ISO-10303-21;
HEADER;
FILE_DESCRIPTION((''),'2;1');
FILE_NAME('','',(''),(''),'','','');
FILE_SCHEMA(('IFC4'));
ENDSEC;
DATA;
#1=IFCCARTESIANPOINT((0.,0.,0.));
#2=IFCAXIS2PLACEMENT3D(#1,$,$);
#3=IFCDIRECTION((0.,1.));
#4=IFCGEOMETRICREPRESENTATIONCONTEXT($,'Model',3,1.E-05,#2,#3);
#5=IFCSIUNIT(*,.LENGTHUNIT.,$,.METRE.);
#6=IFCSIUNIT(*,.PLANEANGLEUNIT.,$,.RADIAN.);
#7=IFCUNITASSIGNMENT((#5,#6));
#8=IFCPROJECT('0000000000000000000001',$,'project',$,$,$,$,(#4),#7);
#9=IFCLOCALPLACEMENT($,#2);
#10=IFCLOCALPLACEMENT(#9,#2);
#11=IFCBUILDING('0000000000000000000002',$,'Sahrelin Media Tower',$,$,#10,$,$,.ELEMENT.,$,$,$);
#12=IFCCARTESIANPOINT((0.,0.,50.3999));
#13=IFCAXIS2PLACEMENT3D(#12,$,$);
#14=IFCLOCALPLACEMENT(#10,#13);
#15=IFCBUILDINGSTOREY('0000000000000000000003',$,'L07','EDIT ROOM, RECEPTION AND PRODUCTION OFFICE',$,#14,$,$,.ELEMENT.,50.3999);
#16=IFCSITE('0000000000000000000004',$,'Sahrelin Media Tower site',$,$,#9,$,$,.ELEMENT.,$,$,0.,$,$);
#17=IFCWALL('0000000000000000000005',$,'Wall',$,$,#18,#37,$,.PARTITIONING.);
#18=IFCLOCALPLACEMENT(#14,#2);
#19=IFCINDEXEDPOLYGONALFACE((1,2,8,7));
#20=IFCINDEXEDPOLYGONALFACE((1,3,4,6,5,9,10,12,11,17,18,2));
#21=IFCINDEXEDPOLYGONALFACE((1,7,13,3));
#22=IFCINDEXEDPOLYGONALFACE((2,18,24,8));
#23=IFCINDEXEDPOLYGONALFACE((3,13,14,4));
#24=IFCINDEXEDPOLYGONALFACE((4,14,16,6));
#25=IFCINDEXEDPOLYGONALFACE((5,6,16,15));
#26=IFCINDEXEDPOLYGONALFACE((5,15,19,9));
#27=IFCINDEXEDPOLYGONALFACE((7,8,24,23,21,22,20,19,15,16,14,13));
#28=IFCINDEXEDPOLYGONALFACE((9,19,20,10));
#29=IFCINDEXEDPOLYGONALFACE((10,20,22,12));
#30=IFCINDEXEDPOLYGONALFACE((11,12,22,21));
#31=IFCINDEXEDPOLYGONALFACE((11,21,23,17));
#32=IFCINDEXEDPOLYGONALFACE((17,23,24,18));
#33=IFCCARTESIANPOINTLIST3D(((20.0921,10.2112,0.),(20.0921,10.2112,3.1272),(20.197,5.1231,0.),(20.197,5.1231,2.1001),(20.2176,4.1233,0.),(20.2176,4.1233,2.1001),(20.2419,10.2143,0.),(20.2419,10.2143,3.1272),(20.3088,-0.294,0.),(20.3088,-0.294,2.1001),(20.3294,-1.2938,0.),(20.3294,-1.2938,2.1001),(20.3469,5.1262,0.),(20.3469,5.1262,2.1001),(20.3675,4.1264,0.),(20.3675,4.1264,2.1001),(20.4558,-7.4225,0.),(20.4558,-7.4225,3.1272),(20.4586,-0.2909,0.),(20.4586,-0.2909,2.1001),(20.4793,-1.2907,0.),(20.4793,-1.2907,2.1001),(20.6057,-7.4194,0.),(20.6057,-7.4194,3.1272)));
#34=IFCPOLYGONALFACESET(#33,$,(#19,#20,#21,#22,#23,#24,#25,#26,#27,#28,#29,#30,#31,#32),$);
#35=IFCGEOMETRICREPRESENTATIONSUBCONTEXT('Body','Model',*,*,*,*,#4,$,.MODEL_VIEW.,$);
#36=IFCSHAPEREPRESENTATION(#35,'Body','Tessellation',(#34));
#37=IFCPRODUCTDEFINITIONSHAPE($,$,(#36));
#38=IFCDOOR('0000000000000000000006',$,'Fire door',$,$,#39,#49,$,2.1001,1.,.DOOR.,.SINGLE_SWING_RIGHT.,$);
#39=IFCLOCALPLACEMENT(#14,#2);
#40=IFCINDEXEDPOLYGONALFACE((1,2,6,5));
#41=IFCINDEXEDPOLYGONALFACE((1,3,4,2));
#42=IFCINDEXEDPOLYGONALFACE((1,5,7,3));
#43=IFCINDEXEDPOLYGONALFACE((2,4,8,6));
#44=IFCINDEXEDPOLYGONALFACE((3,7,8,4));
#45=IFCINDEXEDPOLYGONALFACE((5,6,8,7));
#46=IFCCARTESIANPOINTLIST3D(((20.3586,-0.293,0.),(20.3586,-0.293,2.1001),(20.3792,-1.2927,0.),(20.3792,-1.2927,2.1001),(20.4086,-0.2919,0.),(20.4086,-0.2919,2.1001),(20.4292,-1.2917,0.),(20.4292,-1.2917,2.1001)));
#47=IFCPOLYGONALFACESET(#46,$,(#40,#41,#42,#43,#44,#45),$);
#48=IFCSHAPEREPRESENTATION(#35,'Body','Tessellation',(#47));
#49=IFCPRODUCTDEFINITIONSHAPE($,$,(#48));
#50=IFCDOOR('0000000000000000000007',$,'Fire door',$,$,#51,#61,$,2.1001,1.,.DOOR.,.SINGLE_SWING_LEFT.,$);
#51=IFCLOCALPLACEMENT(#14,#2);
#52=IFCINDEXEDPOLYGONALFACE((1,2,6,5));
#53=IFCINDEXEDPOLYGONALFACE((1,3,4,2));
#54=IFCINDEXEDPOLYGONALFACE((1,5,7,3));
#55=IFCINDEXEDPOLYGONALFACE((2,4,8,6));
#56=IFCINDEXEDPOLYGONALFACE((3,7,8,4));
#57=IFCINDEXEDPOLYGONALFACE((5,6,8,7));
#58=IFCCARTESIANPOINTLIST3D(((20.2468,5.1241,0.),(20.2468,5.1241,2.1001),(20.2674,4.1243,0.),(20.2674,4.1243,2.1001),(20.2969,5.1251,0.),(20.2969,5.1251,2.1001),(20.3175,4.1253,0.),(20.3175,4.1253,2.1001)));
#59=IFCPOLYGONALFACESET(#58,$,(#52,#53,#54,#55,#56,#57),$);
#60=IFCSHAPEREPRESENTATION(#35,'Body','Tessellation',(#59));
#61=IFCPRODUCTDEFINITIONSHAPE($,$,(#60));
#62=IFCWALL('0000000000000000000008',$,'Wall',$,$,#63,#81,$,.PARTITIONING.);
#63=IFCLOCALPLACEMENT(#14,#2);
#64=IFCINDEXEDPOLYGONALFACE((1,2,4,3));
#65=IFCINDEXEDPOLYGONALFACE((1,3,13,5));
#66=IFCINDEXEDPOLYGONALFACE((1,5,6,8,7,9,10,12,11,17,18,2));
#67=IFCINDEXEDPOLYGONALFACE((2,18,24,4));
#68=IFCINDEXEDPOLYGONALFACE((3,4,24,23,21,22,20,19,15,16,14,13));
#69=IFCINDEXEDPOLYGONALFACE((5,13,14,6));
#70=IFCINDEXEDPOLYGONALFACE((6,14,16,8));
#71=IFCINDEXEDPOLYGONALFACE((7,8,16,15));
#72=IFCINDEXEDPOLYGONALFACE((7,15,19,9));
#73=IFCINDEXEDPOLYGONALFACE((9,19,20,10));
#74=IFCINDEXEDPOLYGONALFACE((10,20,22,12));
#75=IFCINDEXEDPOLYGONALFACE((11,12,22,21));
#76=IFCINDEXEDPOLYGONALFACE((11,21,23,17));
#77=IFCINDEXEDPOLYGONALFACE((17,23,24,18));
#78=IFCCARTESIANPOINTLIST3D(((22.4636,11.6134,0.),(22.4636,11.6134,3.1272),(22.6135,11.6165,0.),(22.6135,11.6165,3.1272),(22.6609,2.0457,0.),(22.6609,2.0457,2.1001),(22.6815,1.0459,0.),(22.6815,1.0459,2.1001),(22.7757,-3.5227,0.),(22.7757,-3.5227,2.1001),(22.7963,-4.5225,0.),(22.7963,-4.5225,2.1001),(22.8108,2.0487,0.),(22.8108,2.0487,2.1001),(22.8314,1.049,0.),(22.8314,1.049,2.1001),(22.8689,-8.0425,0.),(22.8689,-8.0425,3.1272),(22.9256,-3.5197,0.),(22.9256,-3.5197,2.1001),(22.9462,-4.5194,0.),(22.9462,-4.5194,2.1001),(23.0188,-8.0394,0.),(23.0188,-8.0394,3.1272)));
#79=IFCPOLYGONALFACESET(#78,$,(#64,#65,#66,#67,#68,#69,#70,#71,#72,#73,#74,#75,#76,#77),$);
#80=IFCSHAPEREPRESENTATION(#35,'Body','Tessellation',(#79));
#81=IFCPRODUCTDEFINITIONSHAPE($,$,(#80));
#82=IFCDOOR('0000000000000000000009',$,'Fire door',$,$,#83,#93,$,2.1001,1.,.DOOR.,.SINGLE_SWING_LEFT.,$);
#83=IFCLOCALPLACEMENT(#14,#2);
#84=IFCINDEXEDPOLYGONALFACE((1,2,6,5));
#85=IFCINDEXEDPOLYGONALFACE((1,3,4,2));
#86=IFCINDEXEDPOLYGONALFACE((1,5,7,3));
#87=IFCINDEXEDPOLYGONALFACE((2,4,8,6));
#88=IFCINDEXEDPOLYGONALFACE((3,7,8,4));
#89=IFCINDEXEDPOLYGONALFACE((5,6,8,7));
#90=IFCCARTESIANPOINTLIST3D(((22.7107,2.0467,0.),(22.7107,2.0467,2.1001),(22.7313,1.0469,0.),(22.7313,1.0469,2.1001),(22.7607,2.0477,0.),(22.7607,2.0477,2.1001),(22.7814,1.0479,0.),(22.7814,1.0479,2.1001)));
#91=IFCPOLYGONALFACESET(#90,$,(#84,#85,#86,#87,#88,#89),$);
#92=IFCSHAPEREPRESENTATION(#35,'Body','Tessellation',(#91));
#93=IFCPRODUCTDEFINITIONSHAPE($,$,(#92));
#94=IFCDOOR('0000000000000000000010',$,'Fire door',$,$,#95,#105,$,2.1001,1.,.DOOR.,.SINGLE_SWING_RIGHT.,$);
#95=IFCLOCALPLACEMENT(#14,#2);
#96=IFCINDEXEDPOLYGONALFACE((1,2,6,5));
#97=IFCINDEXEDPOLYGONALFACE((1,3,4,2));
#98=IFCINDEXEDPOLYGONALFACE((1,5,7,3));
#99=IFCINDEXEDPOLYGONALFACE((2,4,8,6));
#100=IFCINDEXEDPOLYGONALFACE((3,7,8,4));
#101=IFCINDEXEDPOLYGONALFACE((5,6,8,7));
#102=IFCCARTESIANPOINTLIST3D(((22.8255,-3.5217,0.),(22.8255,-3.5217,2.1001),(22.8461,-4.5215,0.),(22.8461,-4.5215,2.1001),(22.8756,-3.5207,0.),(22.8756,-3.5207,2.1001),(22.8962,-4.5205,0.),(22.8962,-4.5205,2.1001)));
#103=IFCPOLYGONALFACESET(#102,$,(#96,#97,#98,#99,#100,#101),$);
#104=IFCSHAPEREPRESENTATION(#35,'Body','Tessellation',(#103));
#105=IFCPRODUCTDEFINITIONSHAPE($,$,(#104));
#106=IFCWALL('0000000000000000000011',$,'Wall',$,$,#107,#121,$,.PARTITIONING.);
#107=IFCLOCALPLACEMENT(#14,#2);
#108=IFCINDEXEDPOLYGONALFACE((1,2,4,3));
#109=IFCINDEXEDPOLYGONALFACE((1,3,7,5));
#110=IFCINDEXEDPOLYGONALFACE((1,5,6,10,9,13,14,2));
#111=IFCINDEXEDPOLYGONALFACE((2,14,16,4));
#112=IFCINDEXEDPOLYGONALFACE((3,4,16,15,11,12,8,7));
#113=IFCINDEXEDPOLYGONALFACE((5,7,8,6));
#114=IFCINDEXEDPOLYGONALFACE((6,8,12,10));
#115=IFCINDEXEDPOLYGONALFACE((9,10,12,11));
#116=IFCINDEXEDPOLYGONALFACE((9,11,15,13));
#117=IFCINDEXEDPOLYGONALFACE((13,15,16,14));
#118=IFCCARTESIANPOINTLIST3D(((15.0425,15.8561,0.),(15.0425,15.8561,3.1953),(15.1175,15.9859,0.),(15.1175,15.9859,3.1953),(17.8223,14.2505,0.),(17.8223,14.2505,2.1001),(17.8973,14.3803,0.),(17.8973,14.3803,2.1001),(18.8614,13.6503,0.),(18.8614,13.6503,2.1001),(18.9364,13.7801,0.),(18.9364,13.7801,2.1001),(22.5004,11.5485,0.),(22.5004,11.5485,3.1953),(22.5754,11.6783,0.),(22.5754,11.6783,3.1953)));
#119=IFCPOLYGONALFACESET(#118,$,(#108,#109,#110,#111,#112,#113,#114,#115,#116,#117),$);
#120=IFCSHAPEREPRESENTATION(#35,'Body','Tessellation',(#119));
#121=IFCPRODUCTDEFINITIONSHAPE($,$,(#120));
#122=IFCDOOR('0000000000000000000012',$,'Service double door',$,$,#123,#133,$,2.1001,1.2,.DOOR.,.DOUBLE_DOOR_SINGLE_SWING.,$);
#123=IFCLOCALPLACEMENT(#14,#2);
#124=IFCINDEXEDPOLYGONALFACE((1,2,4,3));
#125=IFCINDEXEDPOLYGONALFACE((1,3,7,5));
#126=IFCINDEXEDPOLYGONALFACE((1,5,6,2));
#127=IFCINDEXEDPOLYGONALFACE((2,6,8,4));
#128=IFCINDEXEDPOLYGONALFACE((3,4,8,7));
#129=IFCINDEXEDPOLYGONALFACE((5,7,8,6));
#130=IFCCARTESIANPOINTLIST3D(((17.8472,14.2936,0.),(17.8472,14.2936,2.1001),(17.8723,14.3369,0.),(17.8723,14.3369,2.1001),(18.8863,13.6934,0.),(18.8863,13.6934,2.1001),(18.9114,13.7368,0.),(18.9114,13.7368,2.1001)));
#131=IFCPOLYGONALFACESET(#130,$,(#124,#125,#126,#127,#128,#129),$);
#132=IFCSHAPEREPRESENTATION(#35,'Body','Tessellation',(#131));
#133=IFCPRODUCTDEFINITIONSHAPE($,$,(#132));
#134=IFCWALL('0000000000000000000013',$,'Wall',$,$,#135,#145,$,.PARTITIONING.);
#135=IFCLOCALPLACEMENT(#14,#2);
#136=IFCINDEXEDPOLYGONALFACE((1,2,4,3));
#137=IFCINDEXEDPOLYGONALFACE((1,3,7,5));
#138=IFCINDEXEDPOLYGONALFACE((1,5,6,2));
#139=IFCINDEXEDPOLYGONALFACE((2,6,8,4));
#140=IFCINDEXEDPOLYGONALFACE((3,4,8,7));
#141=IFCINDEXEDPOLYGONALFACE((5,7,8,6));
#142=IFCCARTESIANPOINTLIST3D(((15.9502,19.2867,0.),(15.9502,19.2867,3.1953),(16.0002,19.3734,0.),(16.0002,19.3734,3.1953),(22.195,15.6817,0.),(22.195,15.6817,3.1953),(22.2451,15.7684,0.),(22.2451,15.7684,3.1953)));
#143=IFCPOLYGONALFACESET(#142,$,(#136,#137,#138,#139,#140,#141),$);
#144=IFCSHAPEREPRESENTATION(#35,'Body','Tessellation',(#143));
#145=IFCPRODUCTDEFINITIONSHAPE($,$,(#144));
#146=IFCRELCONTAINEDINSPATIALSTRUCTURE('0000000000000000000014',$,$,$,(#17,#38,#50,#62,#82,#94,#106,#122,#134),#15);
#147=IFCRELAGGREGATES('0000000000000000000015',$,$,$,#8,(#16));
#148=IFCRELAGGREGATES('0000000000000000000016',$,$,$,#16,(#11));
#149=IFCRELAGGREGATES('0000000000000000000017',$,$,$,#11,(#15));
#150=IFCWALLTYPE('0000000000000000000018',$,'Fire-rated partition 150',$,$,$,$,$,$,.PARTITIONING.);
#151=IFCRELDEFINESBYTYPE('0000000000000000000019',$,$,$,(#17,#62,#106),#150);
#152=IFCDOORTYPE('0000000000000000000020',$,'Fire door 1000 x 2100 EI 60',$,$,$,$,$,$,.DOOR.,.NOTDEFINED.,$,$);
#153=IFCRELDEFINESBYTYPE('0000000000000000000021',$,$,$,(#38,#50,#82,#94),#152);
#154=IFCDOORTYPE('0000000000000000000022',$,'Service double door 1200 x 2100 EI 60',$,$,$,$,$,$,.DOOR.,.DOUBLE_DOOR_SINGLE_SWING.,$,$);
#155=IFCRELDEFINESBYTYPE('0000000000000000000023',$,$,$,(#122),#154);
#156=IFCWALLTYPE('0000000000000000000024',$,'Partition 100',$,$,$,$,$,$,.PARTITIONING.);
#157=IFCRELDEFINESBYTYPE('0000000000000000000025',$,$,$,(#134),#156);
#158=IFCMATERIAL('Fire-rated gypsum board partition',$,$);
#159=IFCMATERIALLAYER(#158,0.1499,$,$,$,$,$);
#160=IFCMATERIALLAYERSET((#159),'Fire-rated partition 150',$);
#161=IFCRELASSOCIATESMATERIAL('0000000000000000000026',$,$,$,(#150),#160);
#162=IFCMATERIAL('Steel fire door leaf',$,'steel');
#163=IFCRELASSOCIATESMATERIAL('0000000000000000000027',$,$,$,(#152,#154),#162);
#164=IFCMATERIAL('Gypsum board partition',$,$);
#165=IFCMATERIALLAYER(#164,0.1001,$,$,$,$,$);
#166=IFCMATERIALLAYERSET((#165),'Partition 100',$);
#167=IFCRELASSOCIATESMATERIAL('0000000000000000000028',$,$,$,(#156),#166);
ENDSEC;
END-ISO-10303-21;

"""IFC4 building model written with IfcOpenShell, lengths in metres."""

from ifc_helpers import new_model, si_unit, direction, frame, frame_2d, origin, place, context, subcontext, project, spatial, rectangle, extrude, material, layer, layer_set, type_object, element, fill, save


model = new_model("IFC4")

# Units and contexts
model_context = context("Model", 3, precision=1e-05, world=origin(), true_north=direction((0.0, 1.0)))
body_context = subcontext(model_context, "Body", "Model", "MODEL_VIEW")
ifc_project = project(units=[si_unit("LENGTHUNIT", "METRE"), si_unit("PLANEANGLEUNIT", "RADIAN")], contexts=[model_context])

# Site, building, storey
site_placement = place(None, origin())
site = spatial("IfcSite", under=ifc_project, at=site_placement, Name="Sahrelin Media Tower site", CompositionType="ELEMENT", RefElevation=0.0)
building_placement = place(site_placement, origin())
building = spatial("IfcBuilding", under=site, at=building_placement, Name="Sahrelin Media Tower", CompositionType="ELEMENT")
storey_placement = place(building_placement, frame((0.0, 0.0, 50.3999)))
storey = spatial("IfcBuildingStorey", under=building, at=storey_placement, Name="L07", Description="EDIT ROOM, RECEPTION AND PRODUCTION OFFICE", CompositionType="ELEMENT", Elevation=50.3999)

# Walls, openings, doors
ifc_material_1 = material(Name="Fire-rated gypsum board partition")
ifc_layer_1 = layer(ifc_material_1, 0.1499)
ifc_layer_set_1 = layer_set([ifc_layer_1], Name="Fire-rated partition 150")
wall_type_1 = type_object("IfcWallType", Name="Fire-rated partition 150", PredefinedType="PARTITIONING", material=ifc_layer_set_1)
wall_1_placement = place(storey_placement, frame((20.167, 10.2129, 0.0), z_axis=(0.0, 0.0, 1.0), x_axis=(0.020625, -0.999787, 0.0)))
wall_1 = element("IfcWall", 1, at=wall_1_placement, inside=storey, type_object=wall_type_1, Name="Wall", PredefinedType="PARTITIONING", context=body_context, shape_type="SweptSolid", body=[
    extrude(rectangle(XDim=17.6375, YDim=0.1499, at=frame_2d((8.8188, 0.0))), origin(), (0.0, 0.0, 1.0), 3.1272),
])
opening_1_placement = place(wall_1_placement, frame((10.5076, 0.0, 0.0)))
opening_1 = element("IfcOpeningElement", 2, at=opening_1_placement, cuts=wall_1, PredefinedType="OPENING", context=body_context, shape_type="SweptSolid", body=[
    extrude(rectangle(XDim=1.0, YDim=2.1001, at=frame_2d((0.5, 1.05))), frame((0.0, 0.075, 0.0), z_axis=(0.0, -1.0, 0.0), x_axis=(1.0, 0.0, 0.0)), (0.0, 0.0, 1.0), 0.1499),
])
opening_2_placement = place(wall_1_placement, frame((5.0894, 0.0, 0.0)))
opening_2 = element("IfcOpeningElement", 3, at=opening_2_placement, cuts=wall_1, PredefinedType="OPENING", context=body_context, shape_type="SweptSolid", body=[
    extrude(rectangle(XDim=1.0, YDim=2.1001, at=frame_2d((0.5, 1.05))), frame((0.0, 0.075, 0.0), z_axis=(0.0, -1.0, 0.0), x_axis=(1.0, 0.0, 0.0)), (0.0, 0.0, 1.0), 0.1499),
])
ifc_material_2 = material(Name="Steel fire door leaf", Category="steel")
door_type_1 = type_object("IfcDoorType", Name="Fire door 1000 x 2100 EI 60", OperationType="NOTDEFINED", PredefinedType="DOOR", material=ifc_material_2)
door_1_placement = place(opening_1_placement, origin())
door_1 = element("IfcDoor", 4, at=door_1_placement, inside=storey, type_object=door_type_1, Name="Fire door", OperationType="SINGLE_SWING_RIGHT", OverallHeight=2.1001, OverallWidth=1.0, PredefinedType="DOOR", context=body_context, shape_type="SweptSolid", body=[
    extrude(rectangle(XDim=1.0, YDim=2.1001, at=frame_2d((0.5, 1.05))), frame((0.0, 0.0249, 0.0), z_axis=(0.0, -1.0, 0.0), x_axis=(1.0, 0.0, 0.0)), (0.0, 0.0, 1.0), 0.05),
])
fill(opening_1, door_1)
door_2_placement = place(opening_2_placement, origin())
door_2 = element("IfcDoor", 5, at=door_2_placement, inside=storey, type_object=door_type_1, Name="Fire door", OperationType="SINGLE_SWING_LEFT", OverallHeight=2.1001, OverallWidth=1.0, PredefinedType="DOOR", context=body_context, shape_type="SweptSolid", body=[
    extrude(rectangle(XDim=1.0, YDim=2.1001, at=frame_2d((0.5, 1.05))), frame((0.0, 0.0249, 0.0), z_axis=(0.0, -1.0, 0.0), x_axis=(1.0, 0.0, 0.0)), (0.0, 0.0, 1.0), 0.05),
])
fill(opening_2, door_2)
wall_2_placement = place(storey_placement, frame((22.5386, 11.615, 0.0), z_axis=(0.0, 0.0, 1.0), x_axis=(0.020614, -0.999788, 0.0)))
wall_2 = element("IfcWall", 6, at=wall_2_placement, inside=storey, type_object=wall_type_1, Name="Wall", PredefinedType="PARTITIONING", context=body_context, shape_type="SweptSolid", body=[
    extrude(rectangle(XDim=19.6602, YDim=0.1499, at=frame_2d((9.8301, 0.0))), origin(), (0.0, 0.0, 1.0), 3.1272),
])
opening_3_placement = place(wall_2_placement, frame((9.5698, 0.0, 0.0)))
opening_3 = element("IfcOpeningElement", 7, at=opening_3_placement, cuts=wall_2, PredefinedType="OPENING", context=body_context, shape_type="SweptSolid", body=[
    extrude(rectangle(XDim=1.0, YDim=2.1001, at=frame_2d((0.5, 1.05))), frame((0.0, 0.075, 0.0), z_axis=(0.0, -1.0, 0.0), x_axis=(1.0, 0.0, 0.0)), (0.0, 0.0, 1.0), 0.1499),
])
opening_4_placement = place(wall_2_placement, frame((15.1394, 0.0, 0.0)))
opening_4 = element("IfcOpeningElement", 8, at=opening_4_placement, cuts=wall_2, PredefinedType="OPENING", context=body_context, shape_type="SweptSolid", body=[
    extrude(rectangle(XDim=1.0, YDim=2.1001, at=frame_2d((0.5, 1.05))), frame((0.0, 0.075, 0.0), z_axis=(0.0, -1.0, 0.0), x_axis=(1.0, 0.0, 0.0)), (0.0, 0.0, 1.0), 0.1499),
])
door_3_placement = place(opening_3_placement, origin())
door_3 = element("IfcDoor", 9, at=door_3_placement, inside=storey, type_object=door_type_1, Name="Fire door", OperationType="SINGLE_SWING_LEFT", OverallHeight=2.1001, OverallWidth=1.0, PredefinedType="DOOR", context=body_context, shape_type="SweptSolid", body=[
    extrude(rectangle(XDim=1.0, YDim=2.1001, at=frame_2d((0.5, 1.05))), frame((0.0, 0.0249, 0.0), z_axis=(0.0, -1.0, 0.0), x_axis=(1.0, 0.0, 0.0)), (0.0, 0.0, 1.0), 0.05),
])
fill(opening_3, door_3)
door_4_placement = place(opening_4_placement, origin())
door_4 = element("IfcDoor", 10, at=door_4_placement, inside=storey, type_object=door_type_1, Name="Fire door", OperationType="SINGLE_SWING_RIGHT", OverallHeight=2.1001, OverallWidth=1.0, PredefinedType="DOOR", context=body_context, shape_type="SweptSolid", body=[
    extrude(rectangle(XDim=1.0, YDim=2.1001, at=frame_2d((0.5, 1.05))), frame((0.0, 0.0249, 0.0), z_axis=(0.0, -1.0, 0.0), x_axis=(1.0, 0.0, 0.0)), (0.0, 0.0, 1.0), 0.05),
])
fill(opening_4, door_4)

# Wall, opening, door
wall_3_placement = place(storey_placement, frame((15.0801, 15.9209, 0.0), z_axis=(0.0, 0.0, 1.0), x_axis=(0.865938, -0.500151, 0.0)))
wall_3 = element("IfcWall", 11, at=wall_3_placement, inside=storey, type_object=wall_type_1, Name="Wall", PredefinedType="PARTITIONING", context=body_context, shape_type="SweptSolid", body=[
    extrude(rectangle(XDim=8.6125, YDim=0.1499, at=frame_2d((4.3062, 0.0))), origin(), (0.0, 0.0, 1.0), 3.1953),
])
opening_5_placement = place(wall_3_placement, frame((3.21, 0.0, 0.0)))
opening_5 = element("IfcOpeningElement", 12, at=opening_5_placement, cuts=wall_3, PredefinedType="OPENING", context=body_context, shape_type="SweptSolid", body=[
    extrude(rectangle(XDim=1.2, YDim=2.1001, at=frame_2d((0.6001, 1.05))), frame((0.0, 0.075, 0.0), z_axis=(0.0, -1.0, 0.0), x_axis=(1.0, 0.0, 0.0)), (0.0, 0.0, 1.0), 0.1499),
])
door_type_2 = type_object("IfcDoorType", Name="Service double door 1200 x 2100 EI 60", OperationType="DOUBLE_DOOR_SINGLE_SWING", PredefinedType="DOOR", material=ifc_material_2)
door_5_placement = place(opening_5_placement, origin())
door_5 = element("IfcDoor", 13, at=door_5_placement, inside=storey, type_object=door_type_2, Name="Service double door", OperationType="DOUBLE_DOOR_SINGLE_SWING", OverallHeight=2.1001, OverallWidth=1.2, PredefinedType="DOOR", context=body_context, shape_type="SweptSolid", body=[
    extrude(rectangle(XDim=1.2, YDim=2.1001, at=frame_2d((0.6001, 1.05))), frame((0.0, 0.0249, 0.0), z_axis=(0.0, -1.0, 0.0), x_axis=(1.0, 0.0, 0.0)), (0.0, 0.0, 1.0), 0.05),
])
fill(opening_5, door_5)

# Wall
ifc_material_3 = material(Name="Gypsum board partition")
ifc_layer_2 = layer(ifc_material_3, 0.1001)
ifc_layer_set_2 = layer_set([ifc_layer_2], Name="Partition 100")
wall_type_2 = type_object("IfcWallType", Name="Partition 100", PredefinedType="PARTITIONING", material=ifc_layer_set_2)
wall_4_placement = place(storey_placement, frame((15.9751, 19.3301, 0.0), z_axis=(0.0, 0.0, 1.0), x_axis=(0.866055, -0.499948, 0.0)))
element("IfcWall", 14, at=wall_4_placement, inside=storey, type_object=wall_type_2, Name="Wall", PredefinedType="PARTITIONING", context=body_context, shape_type="SweptSolid", body=[
    extrude(rectangle(XDim=7.2107, YDim=0.1001, at=frame_2d((3.6055, 0.0))), origin(), (0.0, 0.0, 1.0), 3.1953),
])

save(model, "model.ifc")
